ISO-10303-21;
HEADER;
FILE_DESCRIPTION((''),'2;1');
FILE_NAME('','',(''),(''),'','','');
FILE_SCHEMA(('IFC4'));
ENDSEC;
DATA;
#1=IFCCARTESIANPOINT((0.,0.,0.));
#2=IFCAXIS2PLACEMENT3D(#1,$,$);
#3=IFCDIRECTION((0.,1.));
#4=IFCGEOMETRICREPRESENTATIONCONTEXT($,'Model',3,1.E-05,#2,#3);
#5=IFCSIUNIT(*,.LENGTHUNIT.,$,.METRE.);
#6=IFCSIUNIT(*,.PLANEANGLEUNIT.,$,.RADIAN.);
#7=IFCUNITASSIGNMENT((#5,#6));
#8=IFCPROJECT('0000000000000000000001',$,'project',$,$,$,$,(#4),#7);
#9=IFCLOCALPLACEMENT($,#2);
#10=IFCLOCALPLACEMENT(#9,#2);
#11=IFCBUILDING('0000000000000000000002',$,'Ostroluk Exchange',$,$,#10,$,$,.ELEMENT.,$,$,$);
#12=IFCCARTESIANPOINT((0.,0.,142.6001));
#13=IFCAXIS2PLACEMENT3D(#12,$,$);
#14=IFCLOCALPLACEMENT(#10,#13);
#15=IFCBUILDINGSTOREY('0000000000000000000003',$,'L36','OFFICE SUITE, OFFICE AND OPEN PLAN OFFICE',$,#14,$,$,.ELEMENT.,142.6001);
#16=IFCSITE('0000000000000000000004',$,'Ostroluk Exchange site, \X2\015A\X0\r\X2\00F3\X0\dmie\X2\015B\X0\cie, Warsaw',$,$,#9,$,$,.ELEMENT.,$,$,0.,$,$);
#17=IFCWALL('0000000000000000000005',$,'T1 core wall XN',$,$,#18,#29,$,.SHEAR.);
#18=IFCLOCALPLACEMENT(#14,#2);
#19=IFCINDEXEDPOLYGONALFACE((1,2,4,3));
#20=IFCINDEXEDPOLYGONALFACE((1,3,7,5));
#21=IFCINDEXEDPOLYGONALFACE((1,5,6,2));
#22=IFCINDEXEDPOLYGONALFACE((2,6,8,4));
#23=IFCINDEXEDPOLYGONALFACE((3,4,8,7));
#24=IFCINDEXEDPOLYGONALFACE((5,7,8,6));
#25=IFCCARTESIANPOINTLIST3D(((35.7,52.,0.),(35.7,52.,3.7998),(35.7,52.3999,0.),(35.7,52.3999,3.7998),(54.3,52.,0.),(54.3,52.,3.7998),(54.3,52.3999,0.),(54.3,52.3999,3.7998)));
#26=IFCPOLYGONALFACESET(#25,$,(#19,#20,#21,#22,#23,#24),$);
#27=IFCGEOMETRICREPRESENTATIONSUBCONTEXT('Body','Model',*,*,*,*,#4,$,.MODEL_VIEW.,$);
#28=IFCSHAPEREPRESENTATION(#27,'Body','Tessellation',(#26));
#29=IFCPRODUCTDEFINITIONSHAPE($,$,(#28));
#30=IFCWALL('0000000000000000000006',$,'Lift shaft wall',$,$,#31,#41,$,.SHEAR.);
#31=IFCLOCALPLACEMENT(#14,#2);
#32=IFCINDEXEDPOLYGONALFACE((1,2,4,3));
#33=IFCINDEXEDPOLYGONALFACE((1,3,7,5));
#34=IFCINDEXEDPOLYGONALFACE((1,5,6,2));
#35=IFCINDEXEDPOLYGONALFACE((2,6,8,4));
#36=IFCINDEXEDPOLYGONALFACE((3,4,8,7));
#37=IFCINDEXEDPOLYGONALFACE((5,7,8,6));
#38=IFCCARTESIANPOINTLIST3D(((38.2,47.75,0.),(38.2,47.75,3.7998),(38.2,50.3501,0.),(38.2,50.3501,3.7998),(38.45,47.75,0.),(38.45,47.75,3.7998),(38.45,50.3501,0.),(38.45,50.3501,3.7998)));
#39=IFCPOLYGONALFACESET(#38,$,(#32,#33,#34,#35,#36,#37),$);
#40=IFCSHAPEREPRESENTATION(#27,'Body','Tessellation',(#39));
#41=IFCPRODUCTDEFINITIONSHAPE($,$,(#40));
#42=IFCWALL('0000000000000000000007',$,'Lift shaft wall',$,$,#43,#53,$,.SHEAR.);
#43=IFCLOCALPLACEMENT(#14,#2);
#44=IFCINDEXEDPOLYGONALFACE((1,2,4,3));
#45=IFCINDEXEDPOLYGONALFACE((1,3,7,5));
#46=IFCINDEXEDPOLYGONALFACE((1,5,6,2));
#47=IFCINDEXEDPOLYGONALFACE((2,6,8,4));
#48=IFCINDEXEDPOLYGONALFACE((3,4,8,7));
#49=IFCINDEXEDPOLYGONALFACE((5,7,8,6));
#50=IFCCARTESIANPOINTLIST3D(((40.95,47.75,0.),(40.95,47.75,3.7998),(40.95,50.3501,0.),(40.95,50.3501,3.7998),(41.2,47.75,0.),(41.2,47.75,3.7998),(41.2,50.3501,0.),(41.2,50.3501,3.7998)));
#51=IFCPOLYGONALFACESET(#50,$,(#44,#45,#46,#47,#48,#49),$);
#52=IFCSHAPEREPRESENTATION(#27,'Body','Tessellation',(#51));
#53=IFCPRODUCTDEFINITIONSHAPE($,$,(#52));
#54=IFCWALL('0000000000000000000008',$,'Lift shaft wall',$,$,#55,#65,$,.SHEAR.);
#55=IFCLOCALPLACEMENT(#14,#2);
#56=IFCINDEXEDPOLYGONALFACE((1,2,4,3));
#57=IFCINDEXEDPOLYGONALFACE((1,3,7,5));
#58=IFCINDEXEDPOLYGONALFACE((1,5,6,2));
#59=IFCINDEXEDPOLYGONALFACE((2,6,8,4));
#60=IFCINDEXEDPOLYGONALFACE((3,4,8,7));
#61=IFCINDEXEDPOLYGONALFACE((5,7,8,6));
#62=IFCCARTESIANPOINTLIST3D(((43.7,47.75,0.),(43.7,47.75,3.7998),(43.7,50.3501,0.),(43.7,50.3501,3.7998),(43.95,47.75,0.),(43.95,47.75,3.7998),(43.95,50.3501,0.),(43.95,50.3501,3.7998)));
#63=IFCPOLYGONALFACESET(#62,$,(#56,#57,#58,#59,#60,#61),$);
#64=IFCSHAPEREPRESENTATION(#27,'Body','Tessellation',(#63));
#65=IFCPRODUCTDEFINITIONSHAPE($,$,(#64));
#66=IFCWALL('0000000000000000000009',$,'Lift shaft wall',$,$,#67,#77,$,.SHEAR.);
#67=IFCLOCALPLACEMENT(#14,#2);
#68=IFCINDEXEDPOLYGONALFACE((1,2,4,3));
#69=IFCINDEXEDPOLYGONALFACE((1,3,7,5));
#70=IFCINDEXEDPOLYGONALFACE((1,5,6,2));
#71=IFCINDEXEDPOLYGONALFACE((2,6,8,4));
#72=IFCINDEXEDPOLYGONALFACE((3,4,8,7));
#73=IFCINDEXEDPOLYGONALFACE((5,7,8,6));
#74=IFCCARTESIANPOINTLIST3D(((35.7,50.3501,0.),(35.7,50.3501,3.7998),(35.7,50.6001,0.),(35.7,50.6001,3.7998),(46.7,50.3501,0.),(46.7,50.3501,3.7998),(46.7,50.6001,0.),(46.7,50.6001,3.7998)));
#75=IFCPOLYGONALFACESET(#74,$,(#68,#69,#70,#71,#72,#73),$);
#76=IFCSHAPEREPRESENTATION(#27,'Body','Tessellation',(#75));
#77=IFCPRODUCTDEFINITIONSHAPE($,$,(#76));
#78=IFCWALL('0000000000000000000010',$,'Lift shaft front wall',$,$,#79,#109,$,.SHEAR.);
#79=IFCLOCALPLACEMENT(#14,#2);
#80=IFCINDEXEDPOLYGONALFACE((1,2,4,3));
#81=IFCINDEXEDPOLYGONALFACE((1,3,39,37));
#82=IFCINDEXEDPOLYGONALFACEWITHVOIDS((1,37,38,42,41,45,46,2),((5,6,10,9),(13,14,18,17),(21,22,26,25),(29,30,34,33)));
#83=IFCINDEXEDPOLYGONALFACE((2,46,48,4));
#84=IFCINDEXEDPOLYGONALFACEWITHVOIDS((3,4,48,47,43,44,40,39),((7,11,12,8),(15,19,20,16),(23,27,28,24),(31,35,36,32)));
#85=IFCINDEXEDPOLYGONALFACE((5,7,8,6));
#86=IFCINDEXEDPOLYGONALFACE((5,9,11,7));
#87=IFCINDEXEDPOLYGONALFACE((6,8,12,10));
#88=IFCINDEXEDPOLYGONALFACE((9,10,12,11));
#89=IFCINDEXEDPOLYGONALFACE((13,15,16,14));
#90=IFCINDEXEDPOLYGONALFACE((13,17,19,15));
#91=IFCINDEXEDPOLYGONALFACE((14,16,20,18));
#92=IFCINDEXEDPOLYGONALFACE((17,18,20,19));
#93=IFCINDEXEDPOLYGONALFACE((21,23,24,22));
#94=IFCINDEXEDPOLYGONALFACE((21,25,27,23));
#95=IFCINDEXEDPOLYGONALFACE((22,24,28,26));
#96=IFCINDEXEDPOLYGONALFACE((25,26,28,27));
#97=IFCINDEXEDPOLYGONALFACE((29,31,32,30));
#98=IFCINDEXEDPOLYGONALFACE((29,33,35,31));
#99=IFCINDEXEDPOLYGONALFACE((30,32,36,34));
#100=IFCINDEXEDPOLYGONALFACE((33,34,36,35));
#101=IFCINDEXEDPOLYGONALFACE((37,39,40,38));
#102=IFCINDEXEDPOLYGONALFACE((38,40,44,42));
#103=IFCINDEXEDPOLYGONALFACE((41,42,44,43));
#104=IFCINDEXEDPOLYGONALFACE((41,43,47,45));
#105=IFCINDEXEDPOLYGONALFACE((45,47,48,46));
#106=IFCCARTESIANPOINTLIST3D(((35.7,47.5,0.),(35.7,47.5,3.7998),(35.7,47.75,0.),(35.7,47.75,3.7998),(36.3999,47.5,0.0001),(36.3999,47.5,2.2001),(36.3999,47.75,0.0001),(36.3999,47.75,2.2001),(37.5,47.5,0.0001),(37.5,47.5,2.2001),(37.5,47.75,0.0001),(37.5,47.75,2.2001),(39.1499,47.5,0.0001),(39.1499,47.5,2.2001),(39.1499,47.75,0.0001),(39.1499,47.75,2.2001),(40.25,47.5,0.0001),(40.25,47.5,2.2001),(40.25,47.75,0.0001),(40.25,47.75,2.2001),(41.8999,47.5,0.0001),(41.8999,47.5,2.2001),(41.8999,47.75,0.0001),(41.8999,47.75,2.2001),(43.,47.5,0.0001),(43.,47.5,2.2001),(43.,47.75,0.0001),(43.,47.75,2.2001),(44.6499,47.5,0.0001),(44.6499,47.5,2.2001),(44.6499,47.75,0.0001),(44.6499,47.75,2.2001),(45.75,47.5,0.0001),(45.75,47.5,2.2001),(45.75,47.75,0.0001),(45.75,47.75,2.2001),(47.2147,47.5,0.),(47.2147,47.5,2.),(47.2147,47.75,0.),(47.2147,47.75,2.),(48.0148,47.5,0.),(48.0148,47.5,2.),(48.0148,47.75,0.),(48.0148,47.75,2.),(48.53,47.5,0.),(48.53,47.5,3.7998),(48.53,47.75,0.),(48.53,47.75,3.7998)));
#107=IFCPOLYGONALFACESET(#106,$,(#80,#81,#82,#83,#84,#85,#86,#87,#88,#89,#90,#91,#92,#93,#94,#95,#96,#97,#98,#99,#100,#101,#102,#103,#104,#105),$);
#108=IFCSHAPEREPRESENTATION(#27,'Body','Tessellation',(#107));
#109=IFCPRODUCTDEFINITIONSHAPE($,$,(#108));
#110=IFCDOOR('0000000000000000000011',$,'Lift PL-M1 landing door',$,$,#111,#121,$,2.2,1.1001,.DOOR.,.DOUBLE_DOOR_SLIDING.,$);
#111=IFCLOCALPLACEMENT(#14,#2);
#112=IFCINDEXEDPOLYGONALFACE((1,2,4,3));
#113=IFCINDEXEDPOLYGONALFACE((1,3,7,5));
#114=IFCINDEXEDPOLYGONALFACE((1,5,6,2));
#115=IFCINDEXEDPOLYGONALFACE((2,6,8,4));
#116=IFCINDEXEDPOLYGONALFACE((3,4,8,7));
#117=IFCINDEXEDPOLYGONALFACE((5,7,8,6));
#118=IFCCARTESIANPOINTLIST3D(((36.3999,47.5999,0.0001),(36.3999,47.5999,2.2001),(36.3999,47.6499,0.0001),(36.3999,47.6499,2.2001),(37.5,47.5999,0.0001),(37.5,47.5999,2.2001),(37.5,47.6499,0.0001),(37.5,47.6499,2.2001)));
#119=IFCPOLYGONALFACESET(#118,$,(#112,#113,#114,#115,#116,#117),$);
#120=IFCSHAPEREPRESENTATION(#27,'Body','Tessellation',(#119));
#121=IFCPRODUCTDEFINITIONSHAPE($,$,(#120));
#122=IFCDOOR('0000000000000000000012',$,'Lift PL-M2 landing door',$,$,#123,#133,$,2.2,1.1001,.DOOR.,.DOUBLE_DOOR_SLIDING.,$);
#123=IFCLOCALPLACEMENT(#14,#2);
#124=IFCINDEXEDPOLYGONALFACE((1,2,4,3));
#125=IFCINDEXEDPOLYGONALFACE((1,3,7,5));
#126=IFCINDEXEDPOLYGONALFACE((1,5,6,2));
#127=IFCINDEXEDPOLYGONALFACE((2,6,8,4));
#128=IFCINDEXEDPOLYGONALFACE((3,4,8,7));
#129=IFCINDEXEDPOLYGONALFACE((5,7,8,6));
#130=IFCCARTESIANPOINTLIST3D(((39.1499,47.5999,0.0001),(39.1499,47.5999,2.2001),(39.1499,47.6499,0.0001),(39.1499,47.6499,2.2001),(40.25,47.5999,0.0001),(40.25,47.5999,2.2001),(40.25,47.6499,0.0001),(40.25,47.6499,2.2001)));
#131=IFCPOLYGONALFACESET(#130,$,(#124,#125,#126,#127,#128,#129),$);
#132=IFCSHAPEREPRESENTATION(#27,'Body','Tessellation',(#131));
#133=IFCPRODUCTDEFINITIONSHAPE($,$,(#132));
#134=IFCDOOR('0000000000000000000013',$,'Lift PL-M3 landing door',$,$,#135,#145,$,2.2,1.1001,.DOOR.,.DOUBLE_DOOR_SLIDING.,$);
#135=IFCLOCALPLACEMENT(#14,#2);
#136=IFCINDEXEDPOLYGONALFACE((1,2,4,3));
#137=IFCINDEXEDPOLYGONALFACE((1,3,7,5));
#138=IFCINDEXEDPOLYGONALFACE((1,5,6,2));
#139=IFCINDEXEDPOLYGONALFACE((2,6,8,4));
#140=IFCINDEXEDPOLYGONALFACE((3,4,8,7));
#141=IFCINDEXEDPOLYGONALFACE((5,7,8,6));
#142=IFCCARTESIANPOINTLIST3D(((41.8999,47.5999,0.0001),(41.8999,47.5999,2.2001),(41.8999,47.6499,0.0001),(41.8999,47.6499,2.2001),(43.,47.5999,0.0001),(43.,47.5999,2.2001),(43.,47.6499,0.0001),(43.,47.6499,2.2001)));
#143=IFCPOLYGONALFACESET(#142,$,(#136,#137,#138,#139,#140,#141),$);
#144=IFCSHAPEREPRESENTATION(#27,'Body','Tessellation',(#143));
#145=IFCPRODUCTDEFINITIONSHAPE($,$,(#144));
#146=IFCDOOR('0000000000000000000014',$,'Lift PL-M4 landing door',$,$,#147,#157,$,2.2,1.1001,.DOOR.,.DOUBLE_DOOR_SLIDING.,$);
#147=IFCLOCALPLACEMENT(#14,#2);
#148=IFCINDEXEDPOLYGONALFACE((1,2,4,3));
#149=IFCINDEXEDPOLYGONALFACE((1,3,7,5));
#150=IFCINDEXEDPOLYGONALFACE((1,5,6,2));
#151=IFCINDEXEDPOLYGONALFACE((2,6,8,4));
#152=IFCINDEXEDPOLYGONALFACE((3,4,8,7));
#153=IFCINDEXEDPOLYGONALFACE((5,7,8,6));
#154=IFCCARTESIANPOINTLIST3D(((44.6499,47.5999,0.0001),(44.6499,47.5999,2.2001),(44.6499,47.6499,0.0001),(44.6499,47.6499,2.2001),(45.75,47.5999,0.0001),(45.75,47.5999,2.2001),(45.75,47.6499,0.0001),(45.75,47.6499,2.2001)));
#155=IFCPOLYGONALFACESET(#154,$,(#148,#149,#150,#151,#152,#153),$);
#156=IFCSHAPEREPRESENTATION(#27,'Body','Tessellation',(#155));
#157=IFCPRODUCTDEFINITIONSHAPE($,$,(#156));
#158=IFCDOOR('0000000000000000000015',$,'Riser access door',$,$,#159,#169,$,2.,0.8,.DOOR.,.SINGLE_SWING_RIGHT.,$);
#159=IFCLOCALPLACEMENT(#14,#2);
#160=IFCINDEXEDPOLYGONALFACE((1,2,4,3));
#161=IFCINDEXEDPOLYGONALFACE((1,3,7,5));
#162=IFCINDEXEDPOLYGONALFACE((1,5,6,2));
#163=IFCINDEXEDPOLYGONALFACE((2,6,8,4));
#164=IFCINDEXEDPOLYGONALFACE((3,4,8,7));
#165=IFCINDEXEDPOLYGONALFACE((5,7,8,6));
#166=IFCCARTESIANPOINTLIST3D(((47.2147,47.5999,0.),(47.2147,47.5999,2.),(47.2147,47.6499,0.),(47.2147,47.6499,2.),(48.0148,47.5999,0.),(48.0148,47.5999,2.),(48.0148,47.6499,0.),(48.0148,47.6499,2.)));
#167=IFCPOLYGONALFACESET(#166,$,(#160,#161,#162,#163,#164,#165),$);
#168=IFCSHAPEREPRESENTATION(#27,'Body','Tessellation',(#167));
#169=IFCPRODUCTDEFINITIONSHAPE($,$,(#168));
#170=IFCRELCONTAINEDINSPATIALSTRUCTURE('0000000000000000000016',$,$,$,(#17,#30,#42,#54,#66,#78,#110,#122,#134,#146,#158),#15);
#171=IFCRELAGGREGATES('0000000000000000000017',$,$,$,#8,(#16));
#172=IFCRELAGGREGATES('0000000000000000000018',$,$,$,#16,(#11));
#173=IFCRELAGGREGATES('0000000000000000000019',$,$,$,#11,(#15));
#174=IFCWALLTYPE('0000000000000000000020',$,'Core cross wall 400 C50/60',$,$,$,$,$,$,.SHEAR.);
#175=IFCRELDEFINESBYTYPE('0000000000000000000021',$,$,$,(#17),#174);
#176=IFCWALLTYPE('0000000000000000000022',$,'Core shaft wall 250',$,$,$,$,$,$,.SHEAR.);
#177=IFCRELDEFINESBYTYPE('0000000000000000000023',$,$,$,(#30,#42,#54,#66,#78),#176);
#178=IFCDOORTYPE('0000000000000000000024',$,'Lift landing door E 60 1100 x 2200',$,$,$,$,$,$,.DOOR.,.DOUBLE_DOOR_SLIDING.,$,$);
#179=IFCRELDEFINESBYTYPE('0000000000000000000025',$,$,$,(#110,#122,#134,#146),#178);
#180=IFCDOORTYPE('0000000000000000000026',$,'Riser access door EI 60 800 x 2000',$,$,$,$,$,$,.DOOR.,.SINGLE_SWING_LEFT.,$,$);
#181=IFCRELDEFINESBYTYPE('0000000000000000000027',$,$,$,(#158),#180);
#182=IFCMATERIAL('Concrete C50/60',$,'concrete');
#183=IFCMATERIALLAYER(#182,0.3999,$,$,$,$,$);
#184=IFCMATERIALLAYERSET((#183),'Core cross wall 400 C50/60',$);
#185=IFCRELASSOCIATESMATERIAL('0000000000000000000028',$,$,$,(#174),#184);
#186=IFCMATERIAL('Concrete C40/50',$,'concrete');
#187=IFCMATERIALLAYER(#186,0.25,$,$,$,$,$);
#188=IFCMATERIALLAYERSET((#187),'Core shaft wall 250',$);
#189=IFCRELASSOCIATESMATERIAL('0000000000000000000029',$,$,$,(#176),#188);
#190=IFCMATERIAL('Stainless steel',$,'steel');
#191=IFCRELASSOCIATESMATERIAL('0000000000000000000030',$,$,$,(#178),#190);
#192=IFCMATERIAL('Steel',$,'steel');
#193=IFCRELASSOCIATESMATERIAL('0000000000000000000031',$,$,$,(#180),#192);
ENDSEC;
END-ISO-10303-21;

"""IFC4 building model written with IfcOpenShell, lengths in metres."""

from ifc_helpers import new_model, si_unit, direction, frame, frame_2d, origin, place, context, subcontext, project, spatial, rectangle, extrude, material, layer, layer_set, type_object, element, fill, save


model = new_model("IFC4")

# Units and contexts
model_context = context("Model", 3, precision=1e-05, world=origin(), true_north=direction((0.0, 1.0)))
body_context = subcontext(model_context, "Body", "Model", "MODEL_VIEW")
ifc_project = project(units=[si_unit("LENGTHUNIT", "METRE"), si_unit("PLANEANGLEUNIT", "RADIAN")], contexts=[model_context])

# Site, building, storey
site_placement = place(None, origin())
site = spatial("IfcSite", under=ifc_project, at=site_placement, Name="Ostroluk Exchange site, Śródmieście, Warsaw", CompositionType="ELEMENT", RefElevation=0.0)
building_placement = place(site_placement, origin())
building = spatial("IfcBuilding", under=site, at=building_placement, Name="Ostroluk Exchange", CompositionType="ELEMENT")
storey_placement = place(building_placement, frame((0.0, 0.0, 142.6001)))
storey = spatial("IfcBuildingStorey", under=building, at=storey_placement, Name="L36", Description="OFFICE SUITE, OFFICE AND OPEN PLAN OFFICE", CompositionType="ELEMENT", Elevation=142.6001)

# Walls
ifc_material_1 = material(Name="Concrete C50/60", Category="concrete")
ifc_layer_1 = layer(ifc_material_1, 0.3999)
ifc_layer_set_1 = layer_set([ifc_layer_1], Name="Core cross wall 400 C50/60")
wall_type_1 = type_object("IfcWallType", Name="Core cross wall 400 C50/60", PredefinedType="SHEAR", material=ifc_layer_set_1)
wall_1_placement = place(storey_placement, frame((35.7, 52.2, 0.0), z_axis=(0.0, 0.0, 1.0), x_axis=(1.0, 0.0, 0.0)))
element("IfcWall", 1, at=wall_1_placement, inside=storey, type_object=wall_type_1, Name="T1 core wall XN", PredefinedType="SHEAR", context=body_context, shape_type="SweptSolid", body=[
    extrude(rectangle(XDim=18.6001, YDim=0.3999, at=frame_2d((9.3, 0.0))), origin(), (0.0, 0.0, 1.0), 3.7998),
])
ifc_material_2 = material(Name="Concrete C40/50", Category="concrete")
ifc_layer_2 = layer(ifc_material_2, 0.25)
ifc_layer_set_2 = layer_set([ifc_layer_2], Name="Core shaft wall 250")
wall_type_2 = type_object("IfcWallType", Name="Core shaft wall 250", PredefinedType="SHEAR", material=ifc_layer_set_2)
for number, where, z_axis, x_axis, name in (
    (2, (38.325, 47.75, 0.0), (0.0, 0.0, 1.0), (0.0, 1.0, 0.0), "Lift shaft wall"),
    (3, (41.075, 47.75, 0.0), (0.0, 0.0, 1.0), (0.0, 1.0, 0.0), "Lift shaft wall"),
    (4, (43.825, 47.75, 0.0), (0.0, 0.0, 1.0), (0.0, 1.0, 0.0), "Lift shaft wall"),
):
    element("IfcWall", number, at=place(storey_placement, frame(where, z_axis=z_axis, x_axis=x_axis)), inside=storey, type_object=wall_type_2, Name=name, PredefinedType="SHEAR", context=body_context, shape_type="SweptSolid", body=[
        extrude(rectangle(XDim=2.6001, YDim=0.25, at=frame_2d((1.3, 0.0))), origin(), (0.0, 0.0, 1.0), 3.7998),
    ])
wall_2_placement = place(storey_placement, frame((35.7, 50.4751, 0.0), z_axis=(0.0, 0.0, 1.0), x_axis=(1.0, 0.0, 0.0)))
element("IfcWall", 5, at=wall_2_placement, inside=storey, type_object=wall_type_2, Name="Lift shaft wall", PredefinedType="SHEAR", context=body_context, shape_type="SweptSolid", body=[
    extrude(rectangle(XDim=11.0, YDim=0.25, at=frame_2d((5.5, 0.0))), origin(), (0.0, 0.0, 1.0), 3.7998),
])

# Wall, openings, doors
wall_3_placement = place(storey_placement, frame((35.7, 47.625, 0.0), z_axis=(0.0, 0.0, 1.0), x_axis=(1.0, 0.0, 0.0)))
wall_3 = element("IfcWall", 6, at=wall_3_placement, inside=storey, type_object=wall_type_2, Name="Lift shaft front wall", PredefinedType="SHEAR", context=body_context, shape_type="SweptSolid", body=[
    extrude(rectangle(XDim=12.8301, YDim=0.25, at=frame_2d((6.415, 0.0))), origin(), (0.0, 0.0, 1.0), 3.7998),
])
opening_1_placement = place(wall_3_placement, frame((0.7, 0.0, 0.0)))
opening_1 = element("IfcOpeningElement", 7, at=opening_1_placement, cuts=wall_3, PredefinedType="OPENING", context=body_context, shape_type="SweptSolid", body=[
    extrude(rectangle(XDim=1.1001, YDim=2.2, at=frame_2d((0.55, 1.1001))), frame((0.0, 0.135, 0.0), z_axis=(0.0, -1.0, 0.0), x_axis=(1.0, 0.0, 0.0)), (0.0, 0.0, 1.0), 0.27),
])
opening_2_placement = place(wall_3_placement, frame((3.45, 0.0, 0.0)))
opening_2 = element("IfcOpeningElement", 8, at=opening_2_placement, cuts=wall_3, PredefinedType="OPENING", context=body_context, shape_type="SweptSolid", body=[
    extrude(rectangle(XDim=1.1001, YDim=2.2, at=frame_2d((0.55, 1.1001))), frame((0.0, 0.135, 0.0), z_axis=(0.0, -1.0, 0.0), x_axis=(1.0, 0.0, 0.0)), (0.0, 0.0, 1.0), 0.27),
])
opening_3_placement = place(wall_3_placement, frame((6.2, 0.0, 0.0)))
opening_3 = element("IfcOpeningElement", 9, at=opening_3_placement, cuts=wall_3, PredefinedType="OPENING", context=body_context, shape_type="SweptSolid", body=[
    extrude(rectangle(XDim=1.1001, YDim=2.2, at=frame_2d((0.55, 1.1001))), frame((0.0, 0.135, 0.0), z_axis=(0.0, -1.0, 0.0), x_axis=(1.0, 0.0, 0.0)), (0.0, 0.0, 1.0), 0.27),
])
opening_4_placement = place(wall_3_placement, frame((8.95, 0.0, 0.0)))
opening_4 = element("IfcOpeningElement", 10, at=opening_4_placement, cuts=wall_3, PredefinedType="OPENING", context=body_context, shape_type="SweptSolid", body=[
    extrude(rectangle(XDim=1.1001, YDim=2.2, at=frame_2d((0.55, 1.1001))), frame((0.0, 0.135, 0.0), z_axis=(0.0, -1.0, 0.0), x_axis=(1.0, 0.0, 0.0)), (0.0, 0.0, 1.0), 0.27),
])
opening_5_placement = place(wall_3_placement, frame((11.5149, 0.0, 0.0)))
opening_5 = element("IfcOpeningElement", 11, at=opening_5_placement, cuts=wall_3, PredefinedType="OPENING", context=body_context, shape_type="SweptSolid", body=[
    extrude(rectangle(XDim=0.8, YDim=2.0, at=frame_2d((0.3999, 1.0))), frame((0.0, 0.135, 0.0), z_axis=(0.0, -1.0, 0.0), x_axis=(1.0, 0.0, 0.0)), (0.0, 0.0, 1.0), 0.27),
])
ifc_material_3 = material(Name="Stainless steel", Category="steel")
door_type_1 = type_object("IfcDoorType", Name="Lift landing door E 60 1100 x 2200", OperationType="DOUBLE_DOOR_SLIDING", PredefinedType="DOOR", material=ifc_material_3)
door_1_placement = place(opening_1_placement, origin())
door_1 = element("IfcDoor", 12, at=door_1_placement, inside=storey, type_object=door_type_1, Name="Lift PL-M1 landing door", OperationType="DOUBLE_DOOR_SLIDING", OverallHeight=2.2, OverallWidth=1.1001, PredefinedType="DOOR", context=body_context, shape_type="SweptSolid", body=[
    extrude(rectangle(XDim=1.1001, YDim=2.2, at=frame_2d((0.55, 1.1001))), frame((0.0, 0.0249, 0.0), z_axis=(0.0, -1.0, 0.0), x_axis=(1.0, 0.0, 0.0)), (0.0, 0.0, 1.0), 0.05),
])
fill(opening_1, door_1)
door_2_placement = place(opening_2_placement, origin())
door_2 = element("IfcDoor", 13, at=door_2_placement, inside=storey, type_object=door_type_1, Name="Lift PL-M2 landing door", OperationType="DOUBLE_DOOR_SLIDING", OverallHeight=2.2, OverallWidth=1.1001, PredefinedType="DOOR", context=body_context, shape_type="SweptSolid", body=[
    extrude(rectangle(XDim=1.1001, YDim=2.2, at=frame_2d((0.55, 1.1001))), frame((0.0, 0.0249, 0.0), z_axis=(0.0, -1.0, 0.0), x_axis=(1.0, 0.0, 0.0)), (0.0, 0.0, 1.0), 0.05),
])
fill(opening_2, door_2)
door_3_placement = place(opening_3_placement, origin())
door_3 = element("IfcDoor", 14, at=door_3_placement, inside=storey, type_object=door_type_1, Name="Lift PL-M3 landing door", OperationType="DOUBLE_DOOR_SLIDING", OverallHeight=2.2, OverallWidth=1.1001, PredefinedType="DOOR", context=body_context, shape_type="SweptSolid", body=[
    extrude(rectangle(XDim=1.1001, YDim=2.2, at=frame_2d((0.55, 1.1001))), frame((0.0, 0.0249, 0.0), z_axis=(0.0, -1.0, 0.0), x_axis=(1.0, 0.0, 0.0)), (0.0, 0.0, 1.0), 0.05),
])
fill(opening_3, door_3)
door_4_placement = place(opening_4_placement, origin())
door_4 = element("IfcDoor", 15, at=door_4_placement, inside=storey, type_object=door_type_1, Name="Lift PL-M4 landing door", OperationType="DOUBLE_DOOR_SLIDING", OverallHeight=2.2, OverallWidth=1.1001, PredefinedType="DOOR", context=body_context, shape_type="SweptSolid", body=[
    extrude(rectangle(XDim=1.1001, YDim=2.2, at=frame_2d((0.55, 1.1001))), frame((0.0, 0.0249, 0.0), z_axis=(0.0, -1.0, 0.0), x_axis=(1.0, 0.0, 0.0)), (0.0, 0.0, 1.0), 0.05),
])
fill(opening_4, door_4)
ifc_material_4 = material(Name="Steel", Category="steel")
door_type_2 = type_object("IfcDoorType", Name="Riser access door EI 60 800 x 2000", OperationType="SINGLE_SWING_LEFT", PredefinedType="DOOR", material=ifc_material_4)
door_5_placement = place(opening_5_placement, origin())
door_5 = element("IfcDoor", 16, at=door_5_placement, inside=storey, type_object=door_type_2, Name="Riser access door", OperationType="SINGLE_SWING_RIGHT", OverallHeight=2.0, OverallWidth=0.8, PredefinedType="DOOR", context=body_context, shape_type="SweptSolid", body=[
    extrude(rectangle(XDim=0.8, YDim=2.0, at=frame_2d((0.3999, 1.0))), frame((0.0, 0.0249, 0.0), z_axis=(0.0, -1.0, 0.0), x_axis=(1.0, 0.0, 0.0)), (0.0, 0.0, 1.0), 0.05),
])
fill(opening_5, door_5)

save(model, "model.ifc")
